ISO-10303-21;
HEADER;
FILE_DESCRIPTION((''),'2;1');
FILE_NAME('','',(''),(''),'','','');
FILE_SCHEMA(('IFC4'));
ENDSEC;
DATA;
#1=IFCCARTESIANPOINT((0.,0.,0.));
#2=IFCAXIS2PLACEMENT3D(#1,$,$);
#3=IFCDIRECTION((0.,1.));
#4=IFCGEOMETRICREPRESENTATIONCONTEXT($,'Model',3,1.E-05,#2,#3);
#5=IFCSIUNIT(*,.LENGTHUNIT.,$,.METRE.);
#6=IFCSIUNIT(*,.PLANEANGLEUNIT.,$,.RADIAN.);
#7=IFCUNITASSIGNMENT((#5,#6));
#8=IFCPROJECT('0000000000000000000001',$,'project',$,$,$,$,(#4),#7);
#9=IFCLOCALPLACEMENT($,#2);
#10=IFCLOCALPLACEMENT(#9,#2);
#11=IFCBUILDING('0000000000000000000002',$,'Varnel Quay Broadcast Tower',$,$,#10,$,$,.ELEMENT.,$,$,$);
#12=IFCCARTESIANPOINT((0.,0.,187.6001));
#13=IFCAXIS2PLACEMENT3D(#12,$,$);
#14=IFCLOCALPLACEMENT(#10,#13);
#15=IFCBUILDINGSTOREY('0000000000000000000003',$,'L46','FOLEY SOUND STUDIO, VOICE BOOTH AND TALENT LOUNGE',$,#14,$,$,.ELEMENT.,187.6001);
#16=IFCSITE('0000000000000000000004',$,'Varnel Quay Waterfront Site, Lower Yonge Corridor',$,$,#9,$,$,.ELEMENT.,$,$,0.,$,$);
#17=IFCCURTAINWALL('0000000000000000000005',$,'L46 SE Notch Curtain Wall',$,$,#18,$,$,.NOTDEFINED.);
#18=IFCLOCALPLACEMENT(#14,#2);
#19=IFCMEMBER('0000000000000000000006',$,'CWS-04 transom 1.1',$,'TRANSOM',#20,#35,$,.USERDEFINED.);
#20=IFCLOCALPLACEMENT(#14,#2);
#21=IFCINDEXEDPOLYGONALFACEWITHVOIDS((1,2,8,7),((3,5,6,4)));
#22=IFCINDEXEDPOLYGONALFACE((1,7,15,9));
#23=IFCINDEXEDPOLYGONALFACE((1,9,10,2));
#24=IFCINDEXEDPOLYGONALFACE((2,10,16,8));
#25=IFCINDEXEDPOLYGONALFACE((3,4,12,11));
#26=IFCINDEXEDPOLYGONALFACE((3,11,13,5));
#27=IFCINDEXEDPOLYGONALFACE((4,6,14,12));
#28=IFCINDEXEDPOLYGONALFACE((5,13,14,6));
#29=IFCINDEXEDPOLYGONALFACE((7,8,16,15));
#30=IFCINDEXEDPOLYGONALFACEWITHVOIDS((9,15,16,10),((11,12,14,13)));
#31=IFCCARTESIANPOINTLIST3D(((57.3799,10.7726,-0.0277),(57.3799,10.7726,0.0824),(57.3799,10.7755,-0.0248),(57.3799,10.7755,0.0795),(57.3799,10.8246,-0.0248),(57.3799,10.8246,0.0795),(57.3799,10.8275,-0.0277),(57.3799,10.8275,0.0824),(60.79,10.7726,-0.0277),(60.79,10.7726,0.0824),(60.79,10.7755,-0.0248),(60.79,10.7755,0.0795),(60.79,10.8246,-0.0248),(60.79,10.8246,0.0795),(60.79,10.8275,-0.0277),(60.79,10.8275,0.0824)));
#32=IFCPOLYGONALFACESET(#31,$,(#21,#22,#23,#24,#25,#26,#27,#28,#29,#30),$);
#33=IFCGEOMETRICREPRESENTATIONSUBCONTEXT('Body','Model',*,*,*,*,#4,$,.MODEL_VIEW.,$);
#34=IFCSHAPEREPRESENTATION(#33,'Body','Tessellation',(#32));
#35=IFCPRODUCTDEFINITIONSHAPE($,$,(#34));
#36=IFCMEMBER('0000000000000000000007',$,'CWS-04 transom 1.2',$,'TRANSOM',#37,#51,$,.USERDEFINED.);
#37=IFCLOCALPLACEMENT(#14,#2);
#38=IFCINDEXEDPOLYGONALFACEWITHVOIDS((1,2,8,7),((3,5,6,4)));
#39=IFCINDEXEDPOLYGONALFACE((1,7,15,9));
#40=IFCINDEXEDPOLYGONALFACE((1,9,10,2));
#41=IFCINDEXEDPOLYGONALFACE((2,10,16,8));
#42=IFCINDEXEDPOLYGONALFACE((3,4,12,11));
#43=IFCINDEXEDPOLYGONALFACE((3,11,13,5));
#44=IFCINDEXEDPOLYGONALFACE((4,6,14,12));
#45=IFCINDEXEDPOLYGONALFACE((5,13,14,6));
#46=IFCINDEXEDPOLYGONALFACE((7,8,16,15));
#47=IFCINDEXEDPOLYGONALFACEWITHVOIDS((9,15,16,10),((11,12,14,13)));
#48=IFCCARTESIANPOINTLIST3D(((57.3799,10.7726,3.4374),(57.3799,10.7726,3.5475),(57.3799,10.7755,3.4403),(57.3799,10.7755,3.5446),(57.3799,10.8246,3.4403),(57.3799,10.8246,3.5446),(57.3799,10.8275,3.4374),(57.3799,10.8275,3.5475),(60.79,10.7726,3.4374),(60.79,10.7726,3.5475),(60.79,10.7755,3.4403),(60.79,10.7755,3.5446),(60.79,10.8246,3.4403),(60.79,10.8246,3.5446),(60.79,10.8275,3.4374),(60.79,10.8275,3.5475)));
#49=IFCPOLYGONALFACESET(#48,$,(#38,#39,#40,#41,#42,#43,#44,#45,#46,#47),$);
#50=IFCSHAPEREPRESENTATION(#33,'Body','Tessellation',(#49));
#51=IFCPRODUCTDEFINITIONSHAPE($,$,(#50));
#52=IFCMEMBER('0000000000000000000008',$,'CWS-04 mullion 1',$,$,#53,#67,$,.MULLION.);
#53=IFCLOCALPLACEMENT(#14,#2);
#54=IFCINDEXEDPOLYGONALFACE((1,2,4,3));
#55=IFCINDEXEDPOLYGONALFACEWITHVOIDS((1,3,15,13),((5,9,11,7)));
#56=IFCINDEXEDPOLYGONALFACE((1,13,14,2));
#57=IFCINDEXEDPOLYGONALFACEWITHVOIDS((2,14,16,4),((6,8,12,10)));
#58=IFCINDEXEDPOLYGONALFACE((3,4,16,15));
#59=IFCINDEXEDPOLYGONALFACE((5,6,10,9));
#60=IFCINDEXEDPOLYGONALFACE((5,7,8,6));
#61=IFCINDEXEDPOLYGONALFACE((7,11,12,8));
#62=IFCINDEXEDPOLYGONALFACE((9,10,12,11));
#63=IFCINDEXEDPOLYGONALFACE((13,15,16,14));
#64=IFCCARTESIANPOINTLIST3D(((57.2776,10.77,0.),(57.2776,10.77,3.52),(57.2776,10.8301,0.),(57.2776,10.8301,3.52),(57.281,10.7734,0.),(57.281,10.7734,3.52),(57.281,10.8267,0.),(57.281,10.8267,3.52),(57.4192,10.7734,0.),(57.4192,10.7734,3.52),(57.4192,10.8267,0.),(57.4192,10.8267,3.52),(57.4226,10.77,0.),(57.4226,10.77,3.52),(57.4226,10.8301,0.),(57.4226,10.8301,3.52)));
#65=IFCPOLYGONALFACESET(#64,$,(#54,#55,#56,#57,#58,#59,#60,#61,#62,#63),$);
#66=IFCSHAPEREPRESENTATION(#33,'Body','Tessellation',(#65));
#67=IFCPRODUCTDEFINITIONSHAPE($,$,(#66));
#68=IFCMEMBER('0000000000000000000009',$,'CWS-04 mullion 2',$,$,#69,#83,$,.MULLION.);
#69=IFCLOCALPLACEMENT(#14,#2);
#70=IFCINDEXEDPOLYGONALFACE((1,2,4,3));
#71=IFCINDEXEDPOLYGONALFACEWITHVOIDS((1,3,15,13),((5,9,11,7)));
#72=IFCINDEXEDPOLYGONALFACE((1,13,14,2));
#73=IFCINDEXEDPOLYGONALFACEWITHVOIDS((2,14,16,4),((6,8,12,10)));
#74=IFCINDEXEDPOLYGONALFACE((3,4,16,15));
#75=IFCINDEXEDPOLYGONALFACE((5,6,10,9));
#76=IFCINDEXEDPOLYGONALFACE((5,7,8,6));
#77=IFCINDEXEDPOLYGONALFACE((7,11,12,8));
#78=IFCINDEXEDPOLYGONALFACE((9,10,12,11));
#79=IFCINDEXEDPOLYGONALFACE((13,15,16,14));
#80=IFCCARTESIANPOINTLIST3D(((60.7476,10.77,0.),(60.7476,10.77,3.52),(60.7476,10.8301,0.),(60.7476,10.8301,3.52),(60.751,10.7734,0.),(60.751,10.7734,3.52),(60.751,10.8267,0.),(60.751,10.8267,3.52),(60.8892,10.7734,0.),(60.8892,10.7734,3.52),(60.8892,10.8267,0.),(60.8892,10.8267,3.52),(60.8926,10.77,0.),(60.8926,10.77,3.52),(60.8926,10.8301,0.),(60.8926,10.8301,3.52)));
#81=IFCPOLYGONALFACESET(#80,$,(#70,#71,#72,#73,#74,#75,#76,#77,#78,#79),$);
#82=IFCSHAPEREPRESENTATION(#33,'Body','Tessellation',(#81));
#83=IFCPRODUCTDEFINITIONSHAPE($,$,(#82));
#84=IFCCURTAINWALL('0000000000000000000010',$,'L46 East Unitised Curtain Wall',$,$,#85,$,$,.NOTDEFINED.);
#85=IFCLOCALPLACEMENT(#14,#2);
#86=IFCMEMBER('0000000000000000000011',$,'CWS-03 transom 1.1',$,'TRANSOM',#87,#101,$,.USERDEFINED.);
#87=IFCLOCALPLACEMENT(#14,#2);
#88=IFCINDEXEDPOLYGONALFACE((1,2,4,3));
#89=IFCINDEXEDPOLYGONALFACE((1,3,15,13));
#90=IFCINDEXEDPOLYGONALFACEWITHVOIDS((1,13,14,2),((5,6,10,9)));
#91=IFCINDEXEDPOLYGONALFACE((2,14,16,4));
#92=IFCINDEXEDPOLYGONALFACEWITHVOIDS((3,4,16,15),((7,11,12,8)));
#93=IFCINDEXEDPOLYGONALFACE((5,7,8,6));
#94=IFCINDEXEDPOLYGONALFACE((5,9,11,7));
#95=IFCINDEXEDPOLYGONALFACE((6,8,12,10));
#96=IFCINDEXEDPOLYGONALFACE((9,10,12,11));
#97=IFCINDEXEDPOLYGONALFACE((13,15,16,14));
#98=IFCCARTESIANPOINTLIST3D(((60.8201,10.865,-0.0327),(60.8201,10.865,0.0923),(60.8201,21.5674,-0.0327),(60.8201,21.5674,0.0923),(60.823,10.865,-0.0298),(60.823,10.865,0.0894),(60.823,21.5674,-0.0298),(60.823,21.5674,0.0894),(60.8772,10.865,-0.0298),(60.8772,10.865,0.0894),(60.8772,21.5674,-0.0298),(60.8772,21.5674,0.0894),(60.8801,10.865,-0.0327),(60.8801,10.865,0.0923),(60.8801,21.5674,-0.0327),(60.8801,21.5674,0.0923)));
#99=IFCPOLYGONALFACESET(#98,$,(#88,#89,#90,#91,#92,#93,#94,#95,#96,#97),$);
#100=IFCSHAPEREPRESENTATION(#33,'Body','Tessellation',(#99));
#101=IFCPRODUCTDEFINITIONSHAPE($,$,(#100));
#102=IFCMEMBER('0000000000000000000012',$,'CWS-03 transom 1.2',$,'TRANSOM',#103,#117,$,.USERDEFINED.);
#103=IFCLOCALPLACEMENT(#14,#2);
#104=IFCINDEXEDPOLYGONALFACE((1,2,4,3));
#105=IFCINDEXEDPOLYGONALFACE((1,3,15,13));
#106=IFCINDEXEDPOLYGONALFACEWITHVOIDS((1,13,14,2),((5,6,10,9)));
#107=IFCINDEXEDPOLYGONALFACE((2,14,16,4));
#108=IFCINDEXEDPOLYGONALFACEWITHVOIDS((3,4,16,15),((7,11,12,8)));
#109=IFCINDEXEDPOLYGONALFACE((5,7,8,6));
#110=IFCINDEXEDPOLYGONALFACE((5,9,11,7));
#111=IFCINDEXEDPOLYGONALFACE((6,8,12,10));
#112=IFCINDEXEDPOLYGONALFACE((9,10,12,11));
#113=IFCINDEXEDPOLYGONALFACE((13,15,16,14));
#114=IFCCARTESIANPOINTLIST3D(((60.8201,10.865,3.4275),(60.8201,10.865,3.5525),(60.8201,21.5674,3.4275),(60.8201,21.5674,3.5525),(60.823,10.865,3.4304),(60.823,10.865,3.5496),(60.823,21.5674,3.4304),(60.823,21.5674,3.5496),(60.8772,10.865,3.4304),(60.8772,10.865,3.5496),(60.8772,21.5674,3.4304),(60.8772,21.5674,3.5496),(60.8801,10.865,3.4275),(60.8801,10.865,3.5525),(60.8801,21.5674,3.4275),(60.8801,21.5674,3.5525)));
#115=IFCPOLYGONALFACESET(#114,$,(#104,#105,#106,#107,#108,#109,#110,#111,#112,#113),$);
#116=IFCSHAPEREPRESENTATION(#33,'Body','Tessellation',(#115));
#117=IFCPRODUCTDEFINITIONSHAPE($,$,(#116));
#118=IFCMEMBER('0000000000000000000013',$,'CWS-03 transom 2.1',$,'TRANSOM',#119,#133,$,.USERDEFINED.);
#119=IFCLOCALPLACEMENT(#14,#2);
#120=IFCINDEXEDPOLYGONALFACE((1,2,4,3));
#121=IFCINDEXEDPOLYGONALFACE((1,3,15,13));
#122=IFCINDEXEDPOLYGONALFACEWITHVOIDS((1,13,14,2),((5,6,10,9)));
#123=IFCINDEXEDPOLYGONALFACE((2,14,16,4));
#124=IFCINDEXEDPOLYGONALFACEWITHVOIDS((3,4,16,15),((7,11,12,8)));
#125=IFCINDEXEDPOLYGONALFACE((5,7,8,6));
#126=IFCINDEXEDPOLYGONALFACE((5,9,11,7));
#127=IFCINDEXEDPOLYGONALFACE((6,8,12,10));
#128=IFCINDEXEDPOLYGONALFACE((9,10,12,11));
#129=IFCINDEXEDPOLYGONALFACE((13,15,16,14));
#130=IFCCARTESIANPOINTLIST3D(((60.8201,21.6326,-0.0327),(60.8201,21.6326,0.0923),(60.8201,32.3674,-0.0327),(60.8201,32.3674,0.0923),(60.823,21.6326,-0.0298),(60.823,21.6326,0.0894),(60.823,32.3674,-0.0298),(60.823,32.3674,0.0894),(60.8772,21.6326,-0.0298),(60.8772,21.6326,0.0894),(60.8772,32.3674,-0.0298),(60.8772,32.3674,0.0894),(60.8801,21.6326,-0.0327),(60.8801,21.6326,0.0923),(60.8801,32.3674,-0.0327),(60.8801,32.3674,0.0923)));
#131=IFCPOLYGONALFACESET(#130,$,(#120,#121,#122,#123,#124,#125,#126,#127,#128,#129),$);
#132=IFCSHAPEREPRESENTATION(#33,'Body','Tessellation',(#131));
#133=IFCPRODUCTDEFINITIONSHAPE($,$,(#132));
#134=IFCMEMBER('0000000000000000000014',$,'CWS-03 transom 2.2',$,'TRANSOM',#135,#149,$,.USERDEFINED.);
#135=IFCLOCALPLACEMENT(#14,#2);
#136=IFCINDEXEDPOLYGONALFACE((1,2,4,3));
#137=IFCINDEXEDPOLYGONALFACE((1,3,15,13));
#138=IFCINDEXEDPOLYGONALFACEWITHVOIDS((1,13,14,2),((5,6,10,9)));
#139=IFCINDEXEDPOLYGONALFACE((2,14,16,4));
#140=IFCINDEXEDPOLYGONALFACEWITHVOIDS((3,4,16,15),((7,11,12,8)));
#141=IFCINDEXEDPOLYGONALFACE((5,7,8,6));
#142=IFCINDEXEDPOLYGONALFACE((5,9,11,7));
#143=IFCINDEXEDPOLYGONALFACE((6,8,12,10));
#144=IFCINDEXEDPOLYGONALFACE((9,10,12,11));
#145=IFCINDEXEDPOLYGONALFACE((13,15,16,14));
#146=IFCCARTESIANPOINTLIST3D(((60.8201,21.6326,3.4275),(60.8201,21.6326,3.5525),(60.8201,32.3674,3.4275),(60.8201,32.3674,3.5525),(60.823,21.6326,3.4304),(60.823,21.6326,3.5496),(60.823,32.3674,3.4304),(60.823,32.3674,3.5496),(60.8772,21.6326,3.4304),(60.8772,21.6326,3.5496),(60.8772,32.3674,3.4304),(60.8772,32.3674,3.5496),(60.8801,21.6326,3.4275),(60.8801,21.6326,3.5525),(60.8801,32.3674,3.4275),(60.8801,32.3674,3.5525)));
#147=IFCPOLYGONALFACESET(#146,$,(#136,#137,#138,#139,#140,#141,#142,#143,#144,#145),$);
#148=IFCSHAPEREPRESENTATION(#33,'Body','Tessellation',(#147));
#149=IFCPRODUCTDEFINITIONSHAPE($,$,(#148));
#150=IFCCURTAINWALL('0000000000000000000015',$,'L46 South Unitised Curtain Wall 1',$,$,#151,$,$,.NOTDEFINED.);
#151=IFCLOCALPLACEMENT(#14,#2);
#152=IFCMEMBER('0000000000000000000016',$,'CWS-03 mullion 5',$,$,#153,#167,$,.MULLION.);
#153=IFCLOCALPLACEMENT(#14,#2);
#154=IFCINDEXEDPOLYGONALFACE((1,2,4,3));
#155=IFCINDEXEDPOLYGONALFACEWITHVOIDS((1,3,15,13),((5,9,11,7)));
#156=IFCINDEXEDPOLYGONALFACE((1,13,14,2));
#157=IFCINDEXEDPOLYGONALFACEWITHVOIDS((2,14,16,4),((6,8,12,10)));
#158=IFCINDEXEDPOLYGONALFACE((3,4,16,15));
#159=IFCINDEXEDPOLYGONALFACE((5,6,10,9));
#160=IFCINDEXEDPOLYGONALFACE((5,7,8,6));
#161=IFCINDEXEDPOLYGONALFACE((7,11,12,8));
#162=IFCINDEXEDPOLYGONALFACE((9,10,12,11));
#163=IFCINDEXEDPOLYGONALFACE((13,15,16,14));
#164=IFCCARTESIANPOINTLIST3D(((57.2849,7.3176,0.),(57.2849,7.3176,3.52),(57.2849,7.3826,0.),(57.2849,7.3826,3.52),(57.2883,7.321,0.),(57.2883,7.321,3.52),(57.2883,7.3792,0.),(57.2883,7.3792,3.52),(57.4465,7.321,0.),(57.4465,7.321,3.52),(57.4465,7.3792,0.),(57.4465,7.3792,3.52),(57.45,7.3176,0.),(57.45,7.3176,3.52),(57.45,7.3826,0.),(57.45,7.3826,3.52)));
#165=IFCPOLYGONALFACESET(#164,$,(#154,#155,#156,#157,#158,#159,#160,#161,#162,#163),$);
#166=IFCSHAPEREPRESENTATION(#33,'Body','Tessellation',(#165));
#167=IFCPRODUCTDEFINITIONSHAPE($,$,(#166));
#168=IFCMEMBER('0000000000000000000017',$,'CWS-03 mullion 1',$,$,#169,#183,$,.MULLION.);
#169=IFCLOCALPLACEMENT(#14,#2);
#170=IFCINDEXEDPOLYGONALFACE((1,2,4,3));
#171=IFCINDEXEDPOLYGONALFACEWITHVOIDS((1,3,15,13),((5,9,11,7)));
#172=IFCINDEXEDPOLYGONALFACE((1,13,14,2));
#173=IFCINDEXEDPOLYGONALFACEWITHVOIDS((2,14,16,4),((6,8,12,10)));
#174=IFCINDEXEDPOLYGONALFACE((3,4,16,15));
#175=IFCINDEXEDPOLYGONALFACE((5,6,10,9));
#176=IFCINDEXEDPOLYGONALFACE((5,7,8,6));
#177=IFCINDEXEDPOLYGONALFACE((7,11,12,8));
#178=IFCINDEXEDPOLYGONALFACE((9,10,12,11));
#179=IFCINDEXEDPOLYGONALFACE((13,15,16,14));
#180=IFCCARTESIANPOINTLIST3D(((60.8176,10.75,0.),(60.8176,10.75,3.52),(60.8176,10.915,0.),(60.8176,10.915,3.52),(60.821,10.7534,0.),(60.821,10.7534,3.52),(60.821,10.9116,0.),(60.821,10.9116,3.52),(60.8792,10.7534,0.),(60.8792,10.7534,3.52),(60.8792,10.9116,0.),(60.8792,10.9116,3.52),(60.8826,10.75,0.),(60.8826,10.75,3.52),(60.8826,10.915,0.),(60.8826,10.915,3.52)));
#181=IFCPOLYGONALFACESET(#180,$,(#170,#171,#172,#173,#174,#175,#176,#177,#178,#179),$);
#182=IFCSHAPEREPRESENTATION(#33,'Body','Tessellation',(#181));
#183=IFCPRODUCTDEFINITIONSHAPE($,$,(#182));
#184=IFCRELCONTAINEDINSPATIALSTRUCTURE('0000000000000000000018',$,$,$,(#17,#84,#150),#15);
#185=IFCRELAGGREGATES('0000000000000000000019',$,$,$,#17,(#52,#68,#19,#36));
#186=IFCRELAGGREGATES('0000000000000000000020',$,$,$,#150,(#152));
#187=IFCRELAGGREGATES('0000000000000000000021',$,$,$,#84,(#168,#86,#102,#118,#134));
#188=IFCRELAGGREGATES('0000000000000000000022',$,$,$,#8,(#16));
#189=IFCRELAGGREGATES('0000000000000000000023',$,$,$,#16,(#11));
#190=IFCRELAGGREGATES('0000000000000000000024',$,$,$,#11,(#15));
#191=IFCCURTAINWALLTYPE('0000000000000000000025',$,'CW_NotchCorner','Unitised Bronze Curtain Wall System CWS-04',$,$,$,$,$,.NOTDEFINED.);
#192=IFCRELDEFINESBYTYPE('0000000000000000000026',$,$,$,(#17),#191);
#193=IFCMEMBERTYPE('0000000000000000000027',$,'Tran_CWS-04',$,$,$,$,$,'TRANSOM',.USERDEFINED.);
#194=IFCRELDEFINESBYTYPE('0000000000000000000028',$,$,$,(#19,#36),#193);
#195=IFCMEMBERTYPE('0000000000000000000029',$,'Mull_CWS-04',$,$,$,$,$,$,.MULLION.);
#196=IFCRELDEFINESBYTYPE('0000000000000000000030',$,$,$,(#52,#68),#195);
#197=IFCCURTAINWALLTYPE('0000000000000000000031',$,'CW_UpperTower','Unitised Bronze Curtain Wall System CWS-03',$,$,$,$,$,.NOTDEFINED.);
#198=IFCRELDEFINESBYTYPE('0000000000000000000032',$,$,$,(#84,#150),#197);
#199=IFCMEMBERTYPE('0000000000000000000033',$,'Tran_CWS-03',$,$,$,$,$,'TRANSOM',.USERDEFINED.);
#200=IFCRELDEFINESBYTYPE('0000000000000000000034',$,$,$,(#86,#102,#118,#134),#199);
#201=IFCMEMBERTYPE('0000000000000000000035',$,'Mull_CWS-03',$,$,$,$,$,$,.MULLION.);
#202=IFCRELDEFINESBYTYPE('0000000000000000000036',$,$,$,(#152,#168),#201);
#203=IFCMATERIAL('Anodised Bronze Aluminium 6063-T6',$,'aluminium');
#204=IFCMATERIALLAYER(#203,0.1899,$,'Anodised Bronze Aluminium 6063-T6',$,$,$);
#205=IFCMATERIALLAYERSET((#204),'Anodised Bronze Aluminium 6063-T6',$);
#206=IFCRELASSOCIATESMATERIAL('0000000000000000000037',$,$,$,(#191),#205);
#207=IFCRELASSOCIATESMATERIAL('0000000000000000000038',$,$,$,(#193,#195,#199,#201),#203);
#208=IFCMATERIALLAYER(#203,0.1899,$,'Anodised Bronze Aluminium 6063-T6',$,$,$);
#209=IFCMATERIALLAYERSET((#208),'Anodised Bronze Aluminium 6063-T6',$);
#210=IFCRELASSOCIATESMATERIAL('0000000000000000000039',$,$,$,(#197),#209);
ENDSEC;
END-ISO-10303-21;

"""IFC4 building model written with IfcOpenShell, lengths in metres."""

from ifc_helpers import new_model, si_unit, direction, frame, origin, origin_2d, place, context, subcontext, project, spatial, hollow_rectangle, extrude, source, transform, mapped, material, layer, layer_set, material_profile, profile_set, type_object, type_shapes, element, aggregate, save


model = new_model("IFC4")

# Units and contexts
model_context = context("Model", 3, precision=1e-05, world=origin(), true_north=direction((0.0, 1.0)))
body_context = subcontext(model_context, "Body", "Model", "MODEL_VIEW")
ifc_project = project(units=[si_unit("LENGTHUNIT", "METRE"), si_unit("PLANEANGLEUNIT", "RADIAN")], contexts=[model_context])

# Site, building, storey
site_placement = place(None, origin())
site = spatial("IfcSite", under=ifc_project, at=site_placement, Name="Varnel Quay Waterfront Site, Lower Yonge Corridor", CompositionType="ELEMENT", RefElevation=0.0)
building_placement = place(site_placement, origin())
building = spatial("IfcBuilding", under=site, at=building_placement, Name="Varnel Quay Broadcast Tower", CompositionType="ELEMENT")
storey_placement = place(building_placement, frame((0.0, 0.0, 187.6001)))
storey = spatial("IfcBuildingStorey", under=building, at=storey_placement, Name="L46", Description="FOLEY SOUND STUDIO, VOICE BOOTH AND TALENT LOUNGE", CompositionType="ELEMENT", Elevation=187.6001)

# Curtain walls, members
ifc_material_1 = material(Name="Anodised Bronze Aluminium 6063-T6", Category="aluminium")
ifc_layer_1 = layer(ifc_material_1, 0.1899, Name="Anodised Bronze Aluminium 6063-T6")
ifc_layer_set_1 = layer_set([ifc_layer_1], Name="Anodised Bronze Aluminium 6063-T6")
curtain_wall_type_1 = type_object("IfcCurtainWallType", Name="CW_NotchCorner", Description="Unitised Bronze Curtain Wall System CWS-04", PredefinedType="NOTDEFINED", material=ifc_layer_set_1)
curtain_wall_1_placement = place(storey_placement, origin())
curtain_wall_1 = element("IfcCurtainWall", 1, at=curtain_wall_1_placement, inside=storey, type_object=curtain_wall_type_1, Name="L46 SE Notch Curtain Wall", PredefinedType="NOTDEFINED")
ifc_material_profile_1 = material_profile(ifc_material_1, hollow_rectangle(XDim=0.0549, YDim=0.1101, WallThickness=0.0029, at=origin_2d()), Name="ALU55X110X3")
ifc_profile_set_1 = profile_set([ifc_material_profile_1], Name="Anodised Bronze Aluminium 6063-T6")
member_type_1 = type_object("IfcMemberType", Name="Tran_CWS-04", ElementType="TRANSOM", PredefinedType="USERDEFINED", material=ifc_profile_set_1)
shared_shape_1 = source(origin(), body_context, "Body", "SweptSolid", [
    extrude(hollow_rectangle(XDim=0.0549, YDim=0.1101, WallThickness=0.0029, at=origin_2d()), origin(), (0.0, 0.0, 1.0), 3.4102),
])
type_shapes(member_type_1, [shared_shape_1])
member_1_placement = place(storey_placement, frame((57.3799, 10.8, 0.0273), z_axis=(1.0, 0.0, 0.0), x_axis=(0.0, 1.0, 0.0)))
member_1 = element("IfcMember", 2, at=member_1_placement, type_object=member_type_1, Name="CWS-04 transom 1.1", ObjectType="TRANSOM", PredefinedType="USERDEFINED", context=body_context, shape_type="MappedRepresentation", body=[
    mapped(shared_shape_1, transform((0.0, 0.0, 0.0), x_axis=(1.0, 0.0, 0.0), y_axis=(0.0, 1.0, 0.0), z_axis=(0.0, 0.0, 1.0), scale=1.0)),
])
member_2_placement = place(storey_placement, frame((57.3799, 10.8, 3.4924), z_axis=(1.0, 0.0, 0.0), x_axis=(0.0, 1.0, 0.0)))
member_2 = element("IfcMember", 3, at=member_2_placement, type_object=member_type_1, Name="CWS-04 transom 1.2", ObjectType="TRANSOM", PredefinedType="USERDEFINED", context=body_context, shape_type="MappedRepresentation", body=[
    mapped(shared_shape_1, transform((0.0, 0.0, 0.0), x_axis=(1.0, 0.0, 0.0), y_axis=(0.0, 1.0, 0.0), z_axis=(0.0, 0.0, 1.0), scale=1.0)),
])
ifc_material_profile_2 = material_profile(ifc_material_1, hollow_rectangle(XDim=0.0601, YDim=0.145, WallThickness=0.0034, at=origin_2d()), Name="ALU60X145X3.5")
ifc_profile_set_2 = profile_set([ifc_material_profile_2], Name="Anodised Bronze Aluminium 6063-T6")
member_type_2 = type_object("IfcMemberType", Name="Mull_CWS-04", PredefinedType="MULLION", material=ifc_profile_set_2)
shared_shape_2 = source(origin(), body_context, "Body", "SweptSolid", [
    extrude(hollow_rectangle(XDim=0.0601, YDim=0.145, WallThickness=0.0034, at=origin_2d()), origin(), (0.0, 0.0, 1.0), 3.52),
])
type_shapes(member_type_2, [shared_shape_2])
member_3_placement = place(storey_placement, frame((57.3501, 10.8, 0.0), z_axis=(0.0, 0.0, 1.0), x_axis=(0.0, 1.0, 0.0)))
member_3 = element("IfcMember", 4, at=member_3_placement, type_object=member_type_2, Name="CWS-04 mullion 1", PredefinedType="MULLION", context=body_context, shape_type="MappedRepresentation", body=[
    mapped(shared_shape_2, transform((0.0, 0.0, 0.0), x_axis=(1.0, 0.0, 0.0), y_axis=(0.0, 1.0, 0.0), z_axis=(0.0, 0.0, 1.0), scale=1.0)),
])
member_4_placement = place(storey_placement, frame((60.8201, 10.8, 0.0), z_axis=(0.0, 0.0, 1.0), x_axis=(0.0, 1.0, 0.0)))
member_4 = element("IfcMember", 5, at=member_4_placement, type_object=member_type_2, Name="CWS-04 mullion 2", PredefinedType="MULLION", context=body_context, shape_type="MappedRepresentation", body=[
    mapped(shared_shape_2, transform((0.0, 0.0, 0.0), x_axis=(1.0, 0.0, 0.0), y_axis=(0.0, 1.0, 0.0), z_axis=(0.0, 0.0, 1.0), scale=1.0)),
])
ifc_layer_2 = layer(ifc_material_1, 0.1899, Name="Anodised Bronze Aluminium 6063-T6")
ifc_layer_set_2 = layer_set([ifc_layer_2], Name="Anodised Bronze Aluminium 6063-T6")
curtain_wall_type_2 = type_object("IfcCurtainWallType", Name="CW_UpperTower", Description="Unitised Bronze Curtain Wall System CWS-03", PredefinedType="NOTDEFINED", material=ifc_layer_set_2)
curtain_wall_2_placement = place(storey_placement, origin())
curtain_wall_2 = element("IfcCurtainWall", 6, at=curtain_wall_2_placement, inside=storey, type_object=curtain_wall_type_2, Name="L46 East Unitised Curtain Wall", PredefinedType="NOTDEFINED")
ifc_material_profile_3 = material_profile(ifc_material_1, hollow_rectangle(XDim=0.0601, YDim=0.125, WallThickness=0.0029, at=origin_2d()), Name="ALU60X125X3")
ifc_profile_set_3 = profile_set([ifc_material_profile_3], Name="Anodised Bronze Aluminium 6063-T6")
member_type_3 = type_object("IfcMemberType", Name="Tran_CWS-03", ElementType="TRANSOM", PredefinedType="USERDEFINED", material=ifc_profile_set_3)
shared_shape_3 = source(origin(), body_context, "Body", "SweptSolid", [
    extrude(hollow_rectangle(XDim=0.0601, YDim=0.125, WallThickness=0.0029, at=origin_2d()), origin(), (0.0, 0.0, 1.0), 10.7024),
])
member_5_placement = place(storey_placement, frame((60.8501, 10.865, 0.0298), z_axis=(0.0, 1.0, 0.0), x_axis=(-1.0, 0.0, 0.0)))
member_5 = element("IfcMember", 7, at=member_5_placement, type_object=member_type_3, Name="CWS-03 transom 1.1", ObjectType="TRANSOM", PredefinedType="USERDEFINED", context=body_context, shape_type="MappedRepresentation", body=[
    mapped(shared_shape_3, transform((0.0, 0.0, 0.0), x_axis=(1.0, 0.0, 0.0), y_axis=(0.0, 1.0, 0.0), z_axis=(0.0, 0.0, 1.0), scale=1.0)),
])
member_6_placement = place(storey_placement, frame((60.8501, 10.865, 3.49), z_axis=(0.0, 1.0, 0.0), x_axis=(-1.0, 0.0, 0.0)))
member_6 = element("IfcMember", 8, at=member_6_placement, type_object=member_type_3, Name="CWS-03 transom 1.2", ObjectType="TRANSOM", PredefinedType="USERDEFINED", context=body_context, shape_type="MappedRepresentation", body=[
    mapped(shared_shape_3, transform((0.0, 0.0, 0.0), x_axis=(1.0, 0.0, 0.0), y_axis=(0.0, 1.0, 0.0), z_axis=(0.0, 0.0, 1.0), scale=1.0)),
])
shared_shape_4 = source(origin(), body_context, "Body", "SweptSolid", [
    extrude(hollow_rectangle(XDim=0.0601, YDim=0.125, WallThickness=0.0029, at=origin_2d()), origin(), (0.0, 0.0, 1.0), 10.7349),
])
type_shapes(member_type_3, [shared_shape_3, shared_shape_4])
member_7_placement = place(storey_placement, frame((60.8501, 21.6326, 0.0298), z_axis=(0.0, 1.0, 0.0), x_axis=(-1.0, 0.0, 0.0)))
member_7 = element("IfcMember", 9, at=member_7_placement, type_object=member_type_3, Name="CWS-03 transom 2.1", ObjectType="TRANSOM", PredefinedType="USERDEFINED", context=body_context, shape_type="MappedRepresentation", body=[
    mapped(shared_shape_4, transform((0.0, 0.0, 0.0), x_axis=(1.0, 0.0, 0.0), y_axis=(0.0, 1.0, 0.0), z_axis=(0.0, 0.0, 1.0), scale=1.0)),
])
member_8_placement = place(storey_placement, frame((60.8501, 21.6326, 3.49), z_axis=(0.0, 1.0, 0.0), x_axis=(-1.0, 0.0, 0.0)))
member_8 = element("IfcMember", 10, at=member_8_placement, type_object=member_type_3, Name="CWS-03 transom 2.2", ObjectType="TRANSOM", PredefinedType="USERDEFINED", context=body_context, shape_type="MappedRepresentation", body=[
    mapped(shared_shape_4, transform((0.0, 0.0, 0.0), x_axis=(1.0, 0.0, 0.0), y_axis=(0.0, 1.0, 0.0), z_axis=(0.0, 0.0, 1.0), scale=1.0)),
])

# Curtain wall, member
curtain_wall_3_placement = place(storey_placement, origin())
curtain_wall_3 = element("IfcCurtainWall", 11, at=curtain_wall_3_placement, inside=storey, type_object=curtain_wall_type_2, Name="L46 South Unitised Curtain Wall 1", PredefinedType="NOTDEFINED")
ifc_material_profile_4 = material_profile(ifc_material_1, hollow_rectangle(XDim=0.0649, YDim=0.165, WallThickness=0.0034, at=origin_2d()), Name="ALU65X165X3.5")
ifc_profile_set_4 = profile_set([ifc_material_profile_4], Name="Anodised Bronze Aluminium 6063-T6")
member_type_4 = type_object("IfcMemberType", Name="Mull_CWS-03", PredefinedType="MULLION", material=ifc_profile_set_4)
shared_shape_5 = source(origin(), body_context, "Body", "SweptSolid", [
    extrude(hollow_rectangle(XDim=0.0649, YDim=0.165, WallThickness=0.0034, at=origin_2d()), origin(), (0.0, 0.0, 1.0), 3.52),
])
type_shapes(member_type_4, [shared_shape_5])
member_9_placement = place(storey_placement, frame((57.3674, 7.3501, 0.0), z_axis=(0.0, 0.0, 1.0), x_axis=(0.0, 1.0, 0.0)))
member_9 = element("IfcMember", 12, at=member_9_placement, type_object=member_type_4, Name="CWS-03 mullion 5", PredefinedType="MULLION", context=body_context, shape_type="MappedRepresentation", body=[
    mapped(shared_shape_5, transform((0.0, 0.0, 0.0), x_axis=(1.0, 0.0, 0.0), y_axis=(0.0, 1.0, 0.0), z_axis=(0.0, 0.0, 1.0), scale=1.0)),
])

# Member
member_10_placement = place(storey_placement, frame((60.8501, 10.8325, 0.0), z_axis=(0.0, 0.0, 1.0), x_axis=(-1.0, 0.0, 0.0)))
member_10 = element("IfcMember", 13, at=member_10_placement, type_object=member_type_4, Name="CWS-03 mullion 1", PredefinedType="MULLION", context=body_context, shape_type="MappedRepresentation", body=[
    mapped(shared_shape_5, transform((0.0, 0.0, 0.0), x_axis=(1.0, 0.0, 0.0), y_axis=(0.0, 1.0, 0.0), z_axis=(0.0, 0.0, 1.0), scale=1.0)),
])

aggregate(curtain_wall_1, [member_3, member_4, member_1, member_2])
aggregate(curtain_wall_3, [member_9])
aggregate(curtain_wall_2, [member_10, member_5, member_6, member_7, member_8])

save(model, "model.ifc")
